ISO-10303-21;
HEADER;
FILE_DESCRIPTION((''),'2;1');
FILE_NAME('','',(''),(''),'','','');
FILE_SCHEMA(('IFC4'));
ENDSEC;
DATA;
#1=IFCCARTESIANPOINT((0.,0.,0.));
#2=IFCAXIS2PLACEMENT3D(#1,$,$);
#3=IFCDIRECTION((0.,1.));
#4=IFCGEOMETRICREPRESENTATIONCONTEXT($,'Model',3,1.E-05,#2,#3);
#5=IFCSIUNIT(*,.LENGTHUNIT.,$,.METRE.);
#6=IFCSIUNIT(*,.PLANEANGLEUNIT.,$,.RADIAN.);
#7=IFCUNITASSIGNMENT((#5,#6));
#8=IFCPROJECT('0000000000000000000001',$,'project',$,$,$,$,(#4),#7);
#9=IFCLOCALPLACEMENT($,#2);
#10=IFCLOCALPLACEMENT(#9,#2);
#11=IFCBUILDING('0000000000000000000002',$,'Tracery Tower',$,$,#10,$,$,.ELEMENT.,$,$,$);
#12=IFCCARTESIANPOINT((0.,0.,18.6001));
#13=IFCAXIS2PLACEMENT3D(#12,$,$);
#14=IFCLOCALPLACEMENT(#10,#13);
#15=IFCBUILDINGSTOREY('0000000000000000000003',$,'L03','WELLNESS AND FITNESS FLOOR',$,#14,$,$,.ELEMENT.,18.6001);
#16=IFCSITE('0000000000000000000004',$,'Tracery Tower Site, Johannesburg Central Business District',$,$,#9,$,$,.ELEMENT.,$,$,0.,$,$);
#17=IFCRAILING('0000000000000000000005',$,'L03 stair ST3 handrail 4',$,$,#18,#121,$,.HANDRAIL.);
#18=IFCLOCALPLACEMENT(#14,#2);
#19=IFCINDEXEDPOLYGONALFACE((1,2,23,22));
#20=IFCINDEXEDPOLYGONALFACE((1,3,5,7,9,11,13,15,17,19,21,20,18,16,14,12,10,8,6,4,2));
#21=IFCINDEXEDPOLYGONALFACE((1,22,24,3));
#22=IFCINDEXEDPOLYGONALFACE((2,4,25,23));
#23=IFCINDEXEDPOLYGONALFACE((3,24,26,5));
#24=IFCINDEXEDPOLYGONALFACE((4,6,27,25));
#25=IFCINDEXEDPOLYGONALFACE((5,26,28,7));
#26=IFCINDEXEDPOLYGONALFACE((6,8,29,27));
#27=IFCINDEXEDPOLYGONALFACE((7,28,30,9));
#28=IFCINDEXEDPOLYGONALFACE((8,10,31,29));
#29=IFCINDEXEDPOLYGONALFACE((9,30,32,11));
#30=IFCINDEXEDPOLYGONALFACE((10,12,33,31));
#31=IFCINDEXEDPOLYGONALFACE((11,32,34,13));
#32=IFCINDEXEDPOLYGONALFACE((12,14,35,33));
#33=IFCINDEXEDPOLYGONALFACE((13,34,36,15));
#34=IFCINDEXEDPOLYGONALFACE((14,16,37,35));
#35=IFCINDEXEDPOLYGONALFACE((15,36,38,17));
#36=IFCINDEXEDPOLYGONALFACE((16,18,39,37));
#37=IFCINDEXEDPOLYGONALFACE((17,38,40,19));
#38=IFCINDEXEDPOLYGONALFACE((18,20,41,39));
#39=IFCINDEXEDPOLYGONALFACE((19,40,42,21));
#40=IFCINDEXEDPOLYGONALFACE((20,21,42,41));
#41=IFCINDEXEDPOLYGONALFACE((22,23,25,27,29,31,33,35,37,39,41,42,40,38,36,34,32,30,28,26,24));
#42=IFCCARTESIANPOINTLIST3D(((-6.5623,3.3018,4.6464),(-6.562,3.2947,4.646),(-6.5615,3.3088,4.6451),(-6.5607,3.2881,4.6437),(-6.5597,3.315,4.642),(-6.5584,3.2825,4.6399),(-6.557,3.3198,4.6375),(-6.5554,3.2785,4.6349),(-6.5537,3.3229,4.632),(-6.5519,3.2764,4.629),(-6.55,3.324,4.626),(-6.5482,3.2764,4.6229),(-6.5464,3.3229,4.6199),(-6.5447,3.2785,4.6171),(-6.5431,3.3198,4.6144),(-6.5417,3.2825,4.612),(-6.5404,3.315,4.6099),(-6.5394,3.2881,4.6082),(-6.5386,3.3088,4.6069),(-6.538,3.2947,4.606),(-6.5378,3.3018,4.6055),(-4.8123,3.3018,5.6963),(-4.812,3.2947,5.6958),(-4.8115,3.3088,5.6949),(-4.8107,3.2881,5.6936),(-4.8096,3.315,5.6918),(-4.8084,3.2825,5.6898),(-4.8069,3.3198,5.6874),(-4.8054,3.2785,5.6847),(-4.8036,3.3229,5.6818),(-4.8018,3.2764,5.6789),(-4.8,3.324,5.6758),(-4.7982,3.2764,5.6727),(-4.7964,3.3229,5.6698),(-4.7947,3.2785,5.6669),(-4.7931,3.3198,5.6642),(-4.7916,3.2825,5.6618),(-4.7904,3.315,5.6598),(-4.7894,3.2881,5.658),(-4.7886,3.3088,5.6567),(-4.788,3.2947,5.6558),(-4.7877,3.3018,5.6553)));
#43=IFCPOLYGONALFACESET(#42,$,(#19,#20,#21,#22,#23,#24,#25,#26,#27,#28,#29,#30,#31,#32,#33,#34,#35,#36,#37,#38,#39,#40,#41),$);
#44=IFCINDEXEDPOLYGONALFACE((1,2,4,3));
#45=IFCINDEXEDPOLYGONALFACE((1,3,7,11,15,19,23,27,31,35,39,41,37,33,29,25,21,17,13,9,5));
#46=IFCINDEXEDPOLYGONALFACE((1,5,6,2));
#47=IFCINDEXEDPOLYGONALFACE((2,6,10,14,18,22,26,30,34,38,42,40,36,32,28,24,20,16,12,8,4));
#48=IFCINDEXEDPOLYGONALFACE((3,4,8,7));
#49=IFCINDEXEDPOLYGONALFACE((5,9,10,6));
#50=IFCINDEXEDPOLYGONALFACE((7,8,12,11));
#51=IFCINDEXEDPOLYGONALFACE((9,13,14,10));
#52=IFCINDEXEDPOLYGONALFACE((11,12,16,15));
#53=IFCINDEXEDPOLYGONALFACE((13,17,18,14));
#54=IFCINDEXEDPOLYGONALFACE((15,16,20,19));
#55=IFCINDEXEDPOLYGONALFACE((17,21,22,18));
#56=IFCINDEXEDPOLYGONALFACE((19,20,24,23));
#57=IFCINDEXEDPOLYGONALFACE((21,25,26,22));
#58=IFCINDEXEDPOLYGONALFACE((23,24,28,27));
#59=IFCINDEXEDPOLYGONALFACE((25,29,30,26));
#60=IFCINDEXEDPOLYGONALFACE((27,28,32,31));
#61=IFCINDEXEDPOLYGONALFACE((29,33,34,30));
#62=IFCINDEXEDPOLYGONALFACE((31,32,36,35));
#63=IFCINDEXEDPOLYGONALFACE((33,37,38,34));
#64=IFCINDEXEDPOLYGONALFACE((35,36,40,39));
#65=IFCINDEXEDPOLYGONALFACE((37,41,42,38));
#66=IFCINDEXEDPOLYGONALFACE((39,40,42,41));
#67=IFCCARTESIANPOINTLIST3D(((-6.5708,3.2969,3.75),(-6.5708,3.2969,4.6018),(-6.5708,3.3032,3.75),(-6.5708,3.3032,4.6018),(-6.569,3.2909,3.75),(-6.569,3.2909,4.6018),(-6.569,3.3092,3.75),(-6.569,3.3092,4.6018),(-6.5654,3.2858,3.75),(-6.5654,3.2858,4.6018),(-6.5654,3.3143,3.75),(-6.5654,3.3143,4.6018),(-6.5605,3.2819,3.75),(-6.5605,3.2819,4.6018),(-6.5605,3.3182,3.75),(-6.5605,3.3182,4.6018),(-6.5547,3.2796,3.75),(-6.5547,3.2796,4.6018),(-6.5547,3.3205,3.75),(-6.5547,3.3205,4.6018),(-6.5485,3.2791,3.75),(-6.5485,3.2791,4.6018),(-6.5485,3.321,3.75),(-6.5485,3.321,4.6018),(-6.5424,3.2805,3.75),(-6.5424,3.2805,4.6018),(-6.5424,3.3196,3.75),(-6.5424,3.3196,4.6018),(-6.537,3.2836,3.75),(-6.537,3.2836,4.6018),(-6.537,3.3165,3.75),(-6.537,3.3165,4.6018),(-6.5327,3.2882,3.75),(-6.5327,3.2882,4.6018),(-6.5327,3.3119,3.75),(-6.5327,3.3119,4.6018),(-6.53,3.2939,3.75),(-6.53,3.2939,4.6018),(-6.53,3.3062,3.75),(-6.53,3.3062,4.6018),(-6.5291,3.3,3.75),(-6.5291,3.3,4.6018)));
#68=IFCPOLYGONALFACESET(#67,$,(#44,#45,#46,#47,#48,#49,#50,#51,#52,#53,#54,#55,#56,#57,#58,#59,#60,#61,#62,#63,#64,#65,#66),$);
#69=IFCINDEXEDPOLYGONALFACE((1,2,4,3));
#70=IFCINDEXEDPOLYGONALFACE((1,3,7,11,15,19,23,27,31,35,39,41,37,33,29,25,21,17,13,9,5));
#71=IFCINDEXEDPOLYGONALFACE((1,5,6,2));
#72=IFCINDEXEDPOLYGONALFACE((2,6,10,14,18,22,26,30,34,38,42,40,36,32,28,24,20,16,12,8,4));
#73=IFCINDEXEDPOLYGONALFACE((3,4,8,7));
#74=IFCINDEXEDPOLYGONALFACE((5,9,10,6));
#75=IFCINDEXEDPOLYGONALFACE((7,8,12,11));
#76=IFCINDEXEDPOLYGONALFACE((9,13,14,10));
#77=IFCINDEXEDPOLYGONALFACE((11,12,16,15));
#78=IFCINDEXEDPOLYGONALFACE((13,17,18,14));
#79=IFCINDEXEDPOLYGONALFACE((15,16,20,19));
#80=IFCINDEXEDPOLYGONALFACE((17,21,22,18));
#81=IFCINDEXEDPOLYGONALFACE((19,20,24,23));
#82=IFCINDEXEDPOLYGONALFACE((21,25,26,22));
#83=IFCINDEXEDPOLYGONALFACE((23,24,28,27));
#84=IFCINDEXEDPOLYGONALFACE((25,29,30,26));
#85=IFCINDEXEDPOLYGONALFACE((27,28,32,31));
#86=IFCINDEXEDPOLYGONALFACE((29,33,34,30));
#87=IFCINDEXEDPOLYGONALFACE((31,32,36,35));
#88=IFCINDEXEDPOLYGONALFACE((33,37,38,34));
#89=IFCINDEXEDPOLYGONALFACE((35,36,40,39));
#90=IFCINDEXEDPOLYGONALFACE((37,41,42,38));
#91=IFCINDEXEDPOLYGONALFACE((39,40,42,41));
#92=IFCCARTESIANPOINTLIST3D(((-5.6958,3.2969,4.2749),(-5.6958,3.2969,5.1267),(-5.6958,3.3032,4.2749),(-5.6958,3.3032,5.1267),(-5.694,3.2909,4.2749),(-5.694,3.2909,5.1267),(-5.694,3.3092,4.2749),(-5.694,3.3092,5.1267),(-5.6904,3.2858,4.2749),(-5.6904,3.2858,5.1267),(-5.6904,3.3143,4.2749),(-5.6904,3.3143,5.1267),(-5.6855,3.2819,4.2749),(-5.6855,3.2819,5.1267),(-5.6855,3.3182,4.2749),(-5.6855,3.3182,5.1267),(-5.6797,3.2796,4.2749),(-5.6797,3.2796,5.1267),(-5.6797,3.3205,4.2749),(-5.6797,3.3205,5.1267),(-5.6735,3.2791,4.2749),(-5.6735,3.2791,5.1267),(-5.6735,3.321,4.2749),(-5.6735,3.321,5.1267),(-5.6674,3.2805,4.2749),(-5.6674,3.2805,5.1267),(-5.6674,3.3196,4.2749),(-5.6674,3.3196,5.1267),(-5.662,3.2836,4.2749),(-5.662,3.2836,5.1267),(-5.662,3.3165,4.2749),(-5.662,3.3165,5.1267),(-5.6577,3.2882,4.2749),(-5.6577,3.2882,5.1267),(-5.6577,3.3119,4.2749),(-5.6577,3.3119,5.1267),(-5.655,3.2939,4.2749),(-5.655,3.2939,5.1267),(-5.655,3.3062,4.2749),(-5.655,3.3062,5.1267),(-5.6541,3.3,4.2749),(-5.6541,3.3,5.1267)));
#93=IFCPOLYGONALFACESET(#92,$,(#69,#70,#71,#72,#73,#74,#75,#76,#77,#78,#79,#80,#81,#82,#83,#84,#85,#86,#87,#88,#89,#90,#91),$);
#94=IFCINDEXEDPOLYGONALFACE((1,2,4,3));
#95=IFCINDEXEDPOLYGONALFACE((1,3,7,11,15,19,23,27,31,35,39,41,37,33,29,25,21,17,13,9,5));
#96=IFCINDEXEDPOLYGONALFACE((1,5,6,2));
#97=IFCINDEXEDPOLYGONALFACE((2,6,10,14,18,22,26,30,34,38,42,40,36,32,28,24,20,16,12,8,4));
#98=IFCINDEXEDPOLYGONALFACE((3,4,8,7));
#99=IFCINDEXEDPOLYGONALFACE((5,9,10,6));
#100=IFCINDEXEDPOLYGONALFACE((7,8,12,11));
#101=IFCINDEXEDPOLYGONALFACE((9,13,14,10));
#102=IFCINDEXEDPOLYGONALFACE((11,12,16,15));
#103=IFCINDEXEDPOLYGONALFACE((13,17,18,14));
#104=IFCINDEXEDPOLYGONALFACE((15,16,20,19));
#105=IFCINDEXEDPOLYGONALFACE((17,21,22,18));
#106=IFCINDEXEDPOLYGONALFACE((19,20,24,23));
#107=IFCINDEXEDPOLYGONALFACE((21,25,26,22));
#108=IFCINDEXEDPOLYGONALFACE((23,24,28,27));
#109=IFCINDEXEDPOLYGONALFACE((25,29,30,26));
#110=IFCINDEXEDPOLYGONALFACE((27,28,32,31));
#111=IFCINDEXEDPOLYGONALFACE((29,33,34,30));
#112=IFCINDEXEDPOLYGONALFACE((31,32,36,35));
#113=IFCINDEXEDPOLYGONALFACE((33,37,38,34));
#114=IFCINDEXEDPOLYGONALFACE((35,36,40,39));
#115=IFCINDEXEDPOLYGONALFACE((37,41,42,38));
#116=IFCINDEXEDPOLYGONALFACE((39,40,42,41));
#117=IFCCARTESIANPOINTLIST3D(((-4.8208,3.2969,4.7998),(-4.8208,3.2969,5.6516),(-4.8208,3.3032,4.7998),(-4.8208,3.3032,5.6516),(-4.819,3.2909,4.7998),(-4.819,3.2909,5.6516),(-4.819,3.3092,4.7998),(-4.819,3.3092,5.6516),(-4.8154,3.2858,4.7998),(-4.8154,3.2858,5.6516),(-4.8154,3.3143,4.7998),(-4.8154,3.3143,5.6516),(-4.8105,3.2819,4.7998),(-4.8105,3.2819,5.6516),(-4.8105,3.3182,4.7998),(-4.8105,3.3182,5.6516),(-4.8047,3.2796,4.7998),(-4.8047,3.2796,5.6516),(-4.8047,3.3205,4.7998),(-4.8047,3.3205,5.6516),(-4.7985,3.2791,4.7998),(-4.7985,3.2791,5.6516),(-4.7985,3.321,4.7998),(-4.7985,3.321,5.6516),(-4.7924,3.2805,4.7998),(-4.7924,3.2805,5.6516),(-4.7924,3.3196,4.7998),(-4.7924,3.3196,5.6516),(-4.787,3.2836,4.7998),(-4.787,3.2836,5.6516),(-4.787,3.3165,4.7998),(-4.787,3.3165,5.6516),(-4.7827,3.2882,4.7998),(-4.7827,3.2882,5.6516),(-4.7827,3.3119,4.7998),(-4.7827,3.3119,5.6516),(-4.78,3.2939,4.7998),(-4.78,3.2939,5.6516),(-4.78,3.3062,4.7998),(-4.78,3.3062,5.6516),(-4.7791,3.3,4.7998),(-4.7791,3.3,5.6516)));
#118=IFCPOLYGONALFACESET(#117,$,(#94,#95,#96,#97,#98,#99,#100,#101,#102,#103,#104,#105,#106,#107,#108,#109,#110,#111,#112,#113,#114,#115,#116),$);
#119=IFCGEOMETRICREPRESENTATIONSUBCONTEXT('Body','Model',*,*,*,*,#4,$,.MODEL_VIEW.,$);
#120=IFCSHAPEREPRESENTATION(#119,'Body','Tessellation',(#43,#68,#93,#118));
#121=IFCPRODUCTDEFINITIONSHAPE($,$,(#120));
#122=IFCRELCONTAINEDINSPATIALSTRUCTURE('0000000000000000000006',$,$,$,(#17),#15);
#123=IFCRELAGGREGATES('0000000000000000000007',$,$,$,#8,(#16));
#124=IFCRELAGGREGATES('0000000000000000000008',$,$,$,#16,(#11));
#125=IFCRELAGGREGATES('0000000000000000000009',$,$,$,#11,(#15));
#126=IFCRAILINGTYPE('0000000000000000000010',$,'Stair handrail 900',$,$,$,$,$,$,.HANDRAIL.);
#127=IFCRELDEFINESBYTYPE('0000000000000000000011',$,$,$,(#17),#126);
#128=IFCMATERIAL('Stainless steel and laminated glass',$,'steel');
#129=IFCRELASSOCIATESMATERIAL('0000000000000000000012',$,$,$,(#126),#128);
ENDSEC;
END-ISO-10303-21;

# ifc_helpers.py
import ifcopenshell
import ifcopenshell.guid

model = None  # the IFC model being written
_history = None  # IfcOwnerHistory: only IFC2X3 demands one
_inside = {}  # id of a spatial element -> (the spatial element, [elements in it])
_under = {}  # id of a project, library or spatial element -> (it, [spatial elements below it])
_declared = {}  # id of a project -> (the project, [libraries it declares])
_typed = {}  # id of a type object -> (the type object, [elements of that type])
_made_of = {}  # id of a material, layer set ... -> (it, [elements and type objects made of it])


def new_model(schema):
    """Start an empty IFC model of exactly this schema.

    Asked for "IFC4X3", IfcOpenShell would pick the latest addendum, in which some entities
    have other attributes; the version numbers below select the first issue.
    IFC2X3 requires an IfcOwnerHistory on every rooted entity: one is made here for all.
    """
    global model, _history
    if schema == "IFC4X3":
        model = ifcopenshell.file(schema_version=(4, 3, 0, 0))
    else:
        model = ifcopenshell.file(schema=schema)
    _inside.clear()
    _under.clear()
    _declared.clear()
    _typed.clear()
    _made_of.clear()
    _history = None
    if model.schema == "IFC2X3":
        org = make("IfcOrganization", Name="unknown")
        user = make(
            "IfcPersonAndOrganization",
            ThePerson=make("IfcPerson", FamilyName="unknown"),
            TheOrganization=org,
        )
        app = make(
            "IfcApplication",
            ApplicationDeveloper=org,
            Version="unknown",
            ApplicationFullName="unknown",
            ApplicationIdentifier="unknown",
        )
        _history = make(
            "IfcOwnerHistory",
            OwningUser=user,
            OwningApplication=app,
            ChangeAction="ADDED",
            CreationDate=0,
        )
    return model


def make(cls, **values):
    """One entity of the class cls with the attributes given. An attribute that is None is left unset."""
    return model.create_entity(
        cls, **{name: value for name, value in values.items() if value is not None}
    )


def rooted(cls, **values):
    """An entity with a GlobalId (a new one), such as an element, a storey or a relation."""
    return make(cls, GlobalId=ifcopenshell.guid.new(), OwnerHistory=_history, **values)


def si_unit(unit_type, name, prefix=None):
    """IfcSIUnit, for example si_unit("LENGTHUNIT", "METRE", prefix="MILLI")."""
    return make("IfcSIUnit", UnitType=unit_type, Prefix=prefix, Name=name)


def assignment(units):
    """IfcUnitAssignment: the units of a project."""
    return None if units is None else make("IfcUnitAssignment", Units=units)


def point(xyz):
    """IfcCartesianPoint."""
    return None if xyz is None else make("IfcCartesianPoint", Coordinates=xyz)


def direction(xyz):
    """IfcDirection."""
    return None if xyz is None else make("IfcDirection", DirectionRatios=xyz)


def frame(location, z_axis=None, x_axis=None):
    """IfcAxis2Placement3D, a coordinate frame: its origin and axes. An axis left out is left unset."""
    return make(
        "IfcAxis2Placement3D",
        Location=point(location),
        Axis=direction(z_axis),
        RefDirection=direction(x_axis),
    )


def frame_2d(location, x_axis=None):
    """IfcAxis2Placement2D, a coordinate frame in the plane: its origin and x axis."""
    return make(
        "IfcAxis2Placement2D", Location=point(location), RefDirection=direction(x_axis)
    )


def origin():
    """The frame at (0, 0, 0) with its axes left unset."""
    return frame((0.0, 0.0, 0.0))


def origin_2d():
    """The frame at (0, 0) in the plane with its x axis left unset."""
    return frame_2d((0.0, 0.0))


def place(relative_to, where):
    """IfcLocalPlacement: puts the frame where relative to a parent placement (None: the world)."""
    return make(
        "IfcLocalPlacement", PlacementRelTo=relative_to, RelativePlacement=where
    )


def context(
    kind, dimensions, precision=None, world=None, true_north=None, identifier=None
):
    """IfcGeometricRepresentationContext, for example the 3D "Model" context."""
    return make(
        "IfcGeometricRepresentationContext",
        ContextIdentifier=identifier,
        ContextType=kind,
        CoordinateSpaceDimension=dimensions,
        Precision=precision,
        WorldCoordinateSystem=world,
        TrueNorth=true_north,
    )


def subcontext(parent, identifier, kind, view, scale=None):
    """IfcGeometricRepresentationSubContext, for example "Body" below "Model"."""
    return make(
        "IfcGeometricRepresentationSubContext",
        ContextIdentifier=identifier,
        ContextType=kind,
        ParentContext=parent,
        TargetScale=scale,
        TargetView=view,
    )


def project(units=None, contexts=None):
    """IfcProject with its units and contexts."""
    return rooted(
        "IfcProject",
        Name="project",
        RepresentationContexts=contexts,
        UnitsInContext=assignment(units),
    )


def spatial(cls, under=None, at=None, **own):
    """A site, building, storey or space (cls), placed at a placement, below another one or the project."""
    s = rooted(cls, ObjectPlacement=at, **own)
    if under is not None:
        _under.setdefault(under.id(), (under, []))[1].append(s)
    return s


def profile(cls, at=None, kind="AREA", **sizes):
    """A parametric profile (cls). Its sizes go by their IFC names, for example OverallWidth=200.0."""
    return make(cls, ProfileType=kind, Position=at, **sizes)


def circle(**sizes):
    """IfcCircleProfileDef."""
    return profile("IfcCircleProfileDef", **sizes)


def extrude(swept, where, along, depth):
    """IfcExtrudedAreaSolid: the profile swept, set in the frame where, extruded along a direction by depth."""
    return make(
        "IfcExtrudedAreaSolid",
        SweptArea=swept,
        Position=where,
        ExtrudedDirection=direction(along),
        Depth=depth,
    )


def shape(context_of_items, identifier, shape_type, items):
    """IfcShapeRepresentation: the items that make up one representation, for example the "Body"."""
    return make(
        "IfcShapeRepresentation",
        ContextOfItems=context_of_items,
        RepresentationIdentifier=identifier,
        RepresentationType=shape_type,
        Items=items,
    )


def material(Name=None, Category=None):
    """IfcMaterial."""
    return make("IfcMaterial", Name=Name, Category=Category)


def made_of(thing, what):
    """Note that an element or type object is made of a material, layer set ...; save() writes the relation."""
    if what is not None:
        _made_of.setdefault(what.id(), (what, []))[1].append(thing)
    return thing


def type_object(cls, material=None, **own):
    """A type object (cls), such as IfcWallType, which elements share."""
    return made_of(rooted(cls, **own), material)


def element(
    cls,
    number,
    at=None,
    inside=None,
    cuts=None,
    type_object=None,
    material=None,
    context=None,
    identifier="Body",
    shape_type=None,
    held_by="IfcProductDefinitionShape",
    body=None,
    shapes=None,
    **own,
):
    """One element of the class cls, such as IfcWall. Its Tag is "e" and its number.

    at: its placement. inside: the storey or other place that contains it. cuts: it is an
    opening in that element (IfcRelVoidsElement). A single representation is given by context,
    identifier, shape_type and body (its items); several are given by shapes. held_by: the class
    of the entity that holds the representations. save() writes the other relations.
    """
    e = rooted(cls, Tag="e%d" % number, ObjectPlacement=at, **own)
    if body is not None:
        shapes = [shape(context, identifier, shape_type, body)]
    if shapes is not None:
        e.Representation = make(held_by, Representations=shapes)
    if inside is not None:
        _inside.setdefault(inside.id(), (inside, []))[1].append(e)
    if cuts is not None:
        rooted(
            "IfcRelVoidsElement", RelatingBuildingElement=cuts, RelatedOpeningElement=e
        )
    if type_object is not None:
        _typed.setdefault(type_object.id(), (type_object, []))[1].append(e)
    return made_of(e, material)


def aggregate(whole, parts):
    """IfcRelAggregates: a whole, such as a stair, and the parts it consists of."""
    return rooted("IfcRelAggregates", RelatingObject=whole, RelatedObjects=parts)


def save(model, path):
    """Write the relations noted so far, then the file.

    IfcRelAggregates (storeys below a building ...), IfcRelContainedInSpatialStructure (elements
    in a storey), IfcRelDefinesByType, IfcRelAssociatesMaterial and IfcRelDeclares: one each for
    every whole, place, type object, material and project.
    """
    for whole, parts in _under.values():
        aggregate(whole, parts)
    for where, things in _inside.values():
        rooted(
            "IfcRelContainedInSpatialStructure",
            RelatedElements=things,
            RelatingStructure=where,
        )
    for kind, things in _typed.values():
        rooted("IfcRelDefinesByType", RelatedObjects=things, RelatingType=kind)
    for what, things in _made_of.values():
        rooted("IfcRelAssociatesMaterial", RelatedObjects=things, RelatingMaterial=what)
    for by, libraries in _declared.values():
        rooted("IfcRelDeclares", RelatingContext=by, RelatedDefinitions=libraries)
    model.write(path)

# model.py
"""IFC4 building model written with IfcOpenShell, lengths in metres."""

from ifc_helpers import new_model, si_unit, direction, frame, origin, origin_2d, place, context, subcontext, project, spatial, circle, extrude, material, type_object, element, save


model = new_model("IFC4")

# Units and contexts
model_context = context("Model", 3, precision=1e-05, world=origin(), true_north=direction((0.0, 1.0)))
body_context = subcontext(model_context, "Body", "Model", "MODEL_VIEW")
ifc_project = project(units=[si_unit("LENGTHUNIT", "METRE"), si_unit("PLANEANGLEUNIT", "RADIAN")], contexts=[model_context])

# Site, building, storey
site_placement = place(None, origin())
site = spatial("IfcSite", under=ifc_project, at=site_placement, Name="Tracery Tower Site, Johannesburg Central Business District", CompositionType="ELEMENT", RefElevation=0.0)
building_placement = place(site_placement, origin())
building = spatial("IfcBuilding", under=site, at=building_placement, Name="Tracery Tower", CompositionType="ELEMENT")
storey_placement = place(building_placement, frame((0.0, 0.0, 18.6001)))
storey = spatial("IfcBuildingStorey", under=building, at=storey_placement, Name="L03", Description="WELLNESS AND FITNESS FLOOR", CompositionType="ELEMENT", Elevation=18.6001)

# Railing
ifc_material_1 = material(Name="Stainless steel and laminated glass", Category="steel")
railing_type_1 = type_object("IfcRailingType", Name="Stair handrail 900", PredefinedType="HANDRAIL", material=ifc_material_1)
railing_1_placement = place(storey_placement, frame((-6.55, 3.3, 3.75)))
element("IfcRailing", 1, at=railing_1_placement, inside=storey, type_object=railing_type_1, Name="L03 stair ST3 handrail 4", PredefinedType="HANDRAIL", context=body_context, shape_type="SweptSolid", body=[
    extrude(circle(Radius=0.0239, at=origin_2d()), frame((0.0, 0.0, 0.876), z_axis=(0.857535, 0.0, 0.514425), x_axis=(0.0, 1.0, 0.0)), (0.0, 0.0, 1.0), 2.0408),
    extrude(circle(Radius=0.021, at=origin_2d()), origin(), (0.0, 0.0, 1.0), 0.8518),
    extrude(circle(Radius=0.021, at=origin_2d()), frame((0.875, 0.0, 0.5249)), (0.0, 0.0, 1.0), 0.8518),
    extrude(circle(Radius=0.021, at=origin_2d()), frame((1.75, 0.0, 1.0498)), (0.0, 0.0, 1.0), 0.8518),
])

save(model, "model.ifc")
